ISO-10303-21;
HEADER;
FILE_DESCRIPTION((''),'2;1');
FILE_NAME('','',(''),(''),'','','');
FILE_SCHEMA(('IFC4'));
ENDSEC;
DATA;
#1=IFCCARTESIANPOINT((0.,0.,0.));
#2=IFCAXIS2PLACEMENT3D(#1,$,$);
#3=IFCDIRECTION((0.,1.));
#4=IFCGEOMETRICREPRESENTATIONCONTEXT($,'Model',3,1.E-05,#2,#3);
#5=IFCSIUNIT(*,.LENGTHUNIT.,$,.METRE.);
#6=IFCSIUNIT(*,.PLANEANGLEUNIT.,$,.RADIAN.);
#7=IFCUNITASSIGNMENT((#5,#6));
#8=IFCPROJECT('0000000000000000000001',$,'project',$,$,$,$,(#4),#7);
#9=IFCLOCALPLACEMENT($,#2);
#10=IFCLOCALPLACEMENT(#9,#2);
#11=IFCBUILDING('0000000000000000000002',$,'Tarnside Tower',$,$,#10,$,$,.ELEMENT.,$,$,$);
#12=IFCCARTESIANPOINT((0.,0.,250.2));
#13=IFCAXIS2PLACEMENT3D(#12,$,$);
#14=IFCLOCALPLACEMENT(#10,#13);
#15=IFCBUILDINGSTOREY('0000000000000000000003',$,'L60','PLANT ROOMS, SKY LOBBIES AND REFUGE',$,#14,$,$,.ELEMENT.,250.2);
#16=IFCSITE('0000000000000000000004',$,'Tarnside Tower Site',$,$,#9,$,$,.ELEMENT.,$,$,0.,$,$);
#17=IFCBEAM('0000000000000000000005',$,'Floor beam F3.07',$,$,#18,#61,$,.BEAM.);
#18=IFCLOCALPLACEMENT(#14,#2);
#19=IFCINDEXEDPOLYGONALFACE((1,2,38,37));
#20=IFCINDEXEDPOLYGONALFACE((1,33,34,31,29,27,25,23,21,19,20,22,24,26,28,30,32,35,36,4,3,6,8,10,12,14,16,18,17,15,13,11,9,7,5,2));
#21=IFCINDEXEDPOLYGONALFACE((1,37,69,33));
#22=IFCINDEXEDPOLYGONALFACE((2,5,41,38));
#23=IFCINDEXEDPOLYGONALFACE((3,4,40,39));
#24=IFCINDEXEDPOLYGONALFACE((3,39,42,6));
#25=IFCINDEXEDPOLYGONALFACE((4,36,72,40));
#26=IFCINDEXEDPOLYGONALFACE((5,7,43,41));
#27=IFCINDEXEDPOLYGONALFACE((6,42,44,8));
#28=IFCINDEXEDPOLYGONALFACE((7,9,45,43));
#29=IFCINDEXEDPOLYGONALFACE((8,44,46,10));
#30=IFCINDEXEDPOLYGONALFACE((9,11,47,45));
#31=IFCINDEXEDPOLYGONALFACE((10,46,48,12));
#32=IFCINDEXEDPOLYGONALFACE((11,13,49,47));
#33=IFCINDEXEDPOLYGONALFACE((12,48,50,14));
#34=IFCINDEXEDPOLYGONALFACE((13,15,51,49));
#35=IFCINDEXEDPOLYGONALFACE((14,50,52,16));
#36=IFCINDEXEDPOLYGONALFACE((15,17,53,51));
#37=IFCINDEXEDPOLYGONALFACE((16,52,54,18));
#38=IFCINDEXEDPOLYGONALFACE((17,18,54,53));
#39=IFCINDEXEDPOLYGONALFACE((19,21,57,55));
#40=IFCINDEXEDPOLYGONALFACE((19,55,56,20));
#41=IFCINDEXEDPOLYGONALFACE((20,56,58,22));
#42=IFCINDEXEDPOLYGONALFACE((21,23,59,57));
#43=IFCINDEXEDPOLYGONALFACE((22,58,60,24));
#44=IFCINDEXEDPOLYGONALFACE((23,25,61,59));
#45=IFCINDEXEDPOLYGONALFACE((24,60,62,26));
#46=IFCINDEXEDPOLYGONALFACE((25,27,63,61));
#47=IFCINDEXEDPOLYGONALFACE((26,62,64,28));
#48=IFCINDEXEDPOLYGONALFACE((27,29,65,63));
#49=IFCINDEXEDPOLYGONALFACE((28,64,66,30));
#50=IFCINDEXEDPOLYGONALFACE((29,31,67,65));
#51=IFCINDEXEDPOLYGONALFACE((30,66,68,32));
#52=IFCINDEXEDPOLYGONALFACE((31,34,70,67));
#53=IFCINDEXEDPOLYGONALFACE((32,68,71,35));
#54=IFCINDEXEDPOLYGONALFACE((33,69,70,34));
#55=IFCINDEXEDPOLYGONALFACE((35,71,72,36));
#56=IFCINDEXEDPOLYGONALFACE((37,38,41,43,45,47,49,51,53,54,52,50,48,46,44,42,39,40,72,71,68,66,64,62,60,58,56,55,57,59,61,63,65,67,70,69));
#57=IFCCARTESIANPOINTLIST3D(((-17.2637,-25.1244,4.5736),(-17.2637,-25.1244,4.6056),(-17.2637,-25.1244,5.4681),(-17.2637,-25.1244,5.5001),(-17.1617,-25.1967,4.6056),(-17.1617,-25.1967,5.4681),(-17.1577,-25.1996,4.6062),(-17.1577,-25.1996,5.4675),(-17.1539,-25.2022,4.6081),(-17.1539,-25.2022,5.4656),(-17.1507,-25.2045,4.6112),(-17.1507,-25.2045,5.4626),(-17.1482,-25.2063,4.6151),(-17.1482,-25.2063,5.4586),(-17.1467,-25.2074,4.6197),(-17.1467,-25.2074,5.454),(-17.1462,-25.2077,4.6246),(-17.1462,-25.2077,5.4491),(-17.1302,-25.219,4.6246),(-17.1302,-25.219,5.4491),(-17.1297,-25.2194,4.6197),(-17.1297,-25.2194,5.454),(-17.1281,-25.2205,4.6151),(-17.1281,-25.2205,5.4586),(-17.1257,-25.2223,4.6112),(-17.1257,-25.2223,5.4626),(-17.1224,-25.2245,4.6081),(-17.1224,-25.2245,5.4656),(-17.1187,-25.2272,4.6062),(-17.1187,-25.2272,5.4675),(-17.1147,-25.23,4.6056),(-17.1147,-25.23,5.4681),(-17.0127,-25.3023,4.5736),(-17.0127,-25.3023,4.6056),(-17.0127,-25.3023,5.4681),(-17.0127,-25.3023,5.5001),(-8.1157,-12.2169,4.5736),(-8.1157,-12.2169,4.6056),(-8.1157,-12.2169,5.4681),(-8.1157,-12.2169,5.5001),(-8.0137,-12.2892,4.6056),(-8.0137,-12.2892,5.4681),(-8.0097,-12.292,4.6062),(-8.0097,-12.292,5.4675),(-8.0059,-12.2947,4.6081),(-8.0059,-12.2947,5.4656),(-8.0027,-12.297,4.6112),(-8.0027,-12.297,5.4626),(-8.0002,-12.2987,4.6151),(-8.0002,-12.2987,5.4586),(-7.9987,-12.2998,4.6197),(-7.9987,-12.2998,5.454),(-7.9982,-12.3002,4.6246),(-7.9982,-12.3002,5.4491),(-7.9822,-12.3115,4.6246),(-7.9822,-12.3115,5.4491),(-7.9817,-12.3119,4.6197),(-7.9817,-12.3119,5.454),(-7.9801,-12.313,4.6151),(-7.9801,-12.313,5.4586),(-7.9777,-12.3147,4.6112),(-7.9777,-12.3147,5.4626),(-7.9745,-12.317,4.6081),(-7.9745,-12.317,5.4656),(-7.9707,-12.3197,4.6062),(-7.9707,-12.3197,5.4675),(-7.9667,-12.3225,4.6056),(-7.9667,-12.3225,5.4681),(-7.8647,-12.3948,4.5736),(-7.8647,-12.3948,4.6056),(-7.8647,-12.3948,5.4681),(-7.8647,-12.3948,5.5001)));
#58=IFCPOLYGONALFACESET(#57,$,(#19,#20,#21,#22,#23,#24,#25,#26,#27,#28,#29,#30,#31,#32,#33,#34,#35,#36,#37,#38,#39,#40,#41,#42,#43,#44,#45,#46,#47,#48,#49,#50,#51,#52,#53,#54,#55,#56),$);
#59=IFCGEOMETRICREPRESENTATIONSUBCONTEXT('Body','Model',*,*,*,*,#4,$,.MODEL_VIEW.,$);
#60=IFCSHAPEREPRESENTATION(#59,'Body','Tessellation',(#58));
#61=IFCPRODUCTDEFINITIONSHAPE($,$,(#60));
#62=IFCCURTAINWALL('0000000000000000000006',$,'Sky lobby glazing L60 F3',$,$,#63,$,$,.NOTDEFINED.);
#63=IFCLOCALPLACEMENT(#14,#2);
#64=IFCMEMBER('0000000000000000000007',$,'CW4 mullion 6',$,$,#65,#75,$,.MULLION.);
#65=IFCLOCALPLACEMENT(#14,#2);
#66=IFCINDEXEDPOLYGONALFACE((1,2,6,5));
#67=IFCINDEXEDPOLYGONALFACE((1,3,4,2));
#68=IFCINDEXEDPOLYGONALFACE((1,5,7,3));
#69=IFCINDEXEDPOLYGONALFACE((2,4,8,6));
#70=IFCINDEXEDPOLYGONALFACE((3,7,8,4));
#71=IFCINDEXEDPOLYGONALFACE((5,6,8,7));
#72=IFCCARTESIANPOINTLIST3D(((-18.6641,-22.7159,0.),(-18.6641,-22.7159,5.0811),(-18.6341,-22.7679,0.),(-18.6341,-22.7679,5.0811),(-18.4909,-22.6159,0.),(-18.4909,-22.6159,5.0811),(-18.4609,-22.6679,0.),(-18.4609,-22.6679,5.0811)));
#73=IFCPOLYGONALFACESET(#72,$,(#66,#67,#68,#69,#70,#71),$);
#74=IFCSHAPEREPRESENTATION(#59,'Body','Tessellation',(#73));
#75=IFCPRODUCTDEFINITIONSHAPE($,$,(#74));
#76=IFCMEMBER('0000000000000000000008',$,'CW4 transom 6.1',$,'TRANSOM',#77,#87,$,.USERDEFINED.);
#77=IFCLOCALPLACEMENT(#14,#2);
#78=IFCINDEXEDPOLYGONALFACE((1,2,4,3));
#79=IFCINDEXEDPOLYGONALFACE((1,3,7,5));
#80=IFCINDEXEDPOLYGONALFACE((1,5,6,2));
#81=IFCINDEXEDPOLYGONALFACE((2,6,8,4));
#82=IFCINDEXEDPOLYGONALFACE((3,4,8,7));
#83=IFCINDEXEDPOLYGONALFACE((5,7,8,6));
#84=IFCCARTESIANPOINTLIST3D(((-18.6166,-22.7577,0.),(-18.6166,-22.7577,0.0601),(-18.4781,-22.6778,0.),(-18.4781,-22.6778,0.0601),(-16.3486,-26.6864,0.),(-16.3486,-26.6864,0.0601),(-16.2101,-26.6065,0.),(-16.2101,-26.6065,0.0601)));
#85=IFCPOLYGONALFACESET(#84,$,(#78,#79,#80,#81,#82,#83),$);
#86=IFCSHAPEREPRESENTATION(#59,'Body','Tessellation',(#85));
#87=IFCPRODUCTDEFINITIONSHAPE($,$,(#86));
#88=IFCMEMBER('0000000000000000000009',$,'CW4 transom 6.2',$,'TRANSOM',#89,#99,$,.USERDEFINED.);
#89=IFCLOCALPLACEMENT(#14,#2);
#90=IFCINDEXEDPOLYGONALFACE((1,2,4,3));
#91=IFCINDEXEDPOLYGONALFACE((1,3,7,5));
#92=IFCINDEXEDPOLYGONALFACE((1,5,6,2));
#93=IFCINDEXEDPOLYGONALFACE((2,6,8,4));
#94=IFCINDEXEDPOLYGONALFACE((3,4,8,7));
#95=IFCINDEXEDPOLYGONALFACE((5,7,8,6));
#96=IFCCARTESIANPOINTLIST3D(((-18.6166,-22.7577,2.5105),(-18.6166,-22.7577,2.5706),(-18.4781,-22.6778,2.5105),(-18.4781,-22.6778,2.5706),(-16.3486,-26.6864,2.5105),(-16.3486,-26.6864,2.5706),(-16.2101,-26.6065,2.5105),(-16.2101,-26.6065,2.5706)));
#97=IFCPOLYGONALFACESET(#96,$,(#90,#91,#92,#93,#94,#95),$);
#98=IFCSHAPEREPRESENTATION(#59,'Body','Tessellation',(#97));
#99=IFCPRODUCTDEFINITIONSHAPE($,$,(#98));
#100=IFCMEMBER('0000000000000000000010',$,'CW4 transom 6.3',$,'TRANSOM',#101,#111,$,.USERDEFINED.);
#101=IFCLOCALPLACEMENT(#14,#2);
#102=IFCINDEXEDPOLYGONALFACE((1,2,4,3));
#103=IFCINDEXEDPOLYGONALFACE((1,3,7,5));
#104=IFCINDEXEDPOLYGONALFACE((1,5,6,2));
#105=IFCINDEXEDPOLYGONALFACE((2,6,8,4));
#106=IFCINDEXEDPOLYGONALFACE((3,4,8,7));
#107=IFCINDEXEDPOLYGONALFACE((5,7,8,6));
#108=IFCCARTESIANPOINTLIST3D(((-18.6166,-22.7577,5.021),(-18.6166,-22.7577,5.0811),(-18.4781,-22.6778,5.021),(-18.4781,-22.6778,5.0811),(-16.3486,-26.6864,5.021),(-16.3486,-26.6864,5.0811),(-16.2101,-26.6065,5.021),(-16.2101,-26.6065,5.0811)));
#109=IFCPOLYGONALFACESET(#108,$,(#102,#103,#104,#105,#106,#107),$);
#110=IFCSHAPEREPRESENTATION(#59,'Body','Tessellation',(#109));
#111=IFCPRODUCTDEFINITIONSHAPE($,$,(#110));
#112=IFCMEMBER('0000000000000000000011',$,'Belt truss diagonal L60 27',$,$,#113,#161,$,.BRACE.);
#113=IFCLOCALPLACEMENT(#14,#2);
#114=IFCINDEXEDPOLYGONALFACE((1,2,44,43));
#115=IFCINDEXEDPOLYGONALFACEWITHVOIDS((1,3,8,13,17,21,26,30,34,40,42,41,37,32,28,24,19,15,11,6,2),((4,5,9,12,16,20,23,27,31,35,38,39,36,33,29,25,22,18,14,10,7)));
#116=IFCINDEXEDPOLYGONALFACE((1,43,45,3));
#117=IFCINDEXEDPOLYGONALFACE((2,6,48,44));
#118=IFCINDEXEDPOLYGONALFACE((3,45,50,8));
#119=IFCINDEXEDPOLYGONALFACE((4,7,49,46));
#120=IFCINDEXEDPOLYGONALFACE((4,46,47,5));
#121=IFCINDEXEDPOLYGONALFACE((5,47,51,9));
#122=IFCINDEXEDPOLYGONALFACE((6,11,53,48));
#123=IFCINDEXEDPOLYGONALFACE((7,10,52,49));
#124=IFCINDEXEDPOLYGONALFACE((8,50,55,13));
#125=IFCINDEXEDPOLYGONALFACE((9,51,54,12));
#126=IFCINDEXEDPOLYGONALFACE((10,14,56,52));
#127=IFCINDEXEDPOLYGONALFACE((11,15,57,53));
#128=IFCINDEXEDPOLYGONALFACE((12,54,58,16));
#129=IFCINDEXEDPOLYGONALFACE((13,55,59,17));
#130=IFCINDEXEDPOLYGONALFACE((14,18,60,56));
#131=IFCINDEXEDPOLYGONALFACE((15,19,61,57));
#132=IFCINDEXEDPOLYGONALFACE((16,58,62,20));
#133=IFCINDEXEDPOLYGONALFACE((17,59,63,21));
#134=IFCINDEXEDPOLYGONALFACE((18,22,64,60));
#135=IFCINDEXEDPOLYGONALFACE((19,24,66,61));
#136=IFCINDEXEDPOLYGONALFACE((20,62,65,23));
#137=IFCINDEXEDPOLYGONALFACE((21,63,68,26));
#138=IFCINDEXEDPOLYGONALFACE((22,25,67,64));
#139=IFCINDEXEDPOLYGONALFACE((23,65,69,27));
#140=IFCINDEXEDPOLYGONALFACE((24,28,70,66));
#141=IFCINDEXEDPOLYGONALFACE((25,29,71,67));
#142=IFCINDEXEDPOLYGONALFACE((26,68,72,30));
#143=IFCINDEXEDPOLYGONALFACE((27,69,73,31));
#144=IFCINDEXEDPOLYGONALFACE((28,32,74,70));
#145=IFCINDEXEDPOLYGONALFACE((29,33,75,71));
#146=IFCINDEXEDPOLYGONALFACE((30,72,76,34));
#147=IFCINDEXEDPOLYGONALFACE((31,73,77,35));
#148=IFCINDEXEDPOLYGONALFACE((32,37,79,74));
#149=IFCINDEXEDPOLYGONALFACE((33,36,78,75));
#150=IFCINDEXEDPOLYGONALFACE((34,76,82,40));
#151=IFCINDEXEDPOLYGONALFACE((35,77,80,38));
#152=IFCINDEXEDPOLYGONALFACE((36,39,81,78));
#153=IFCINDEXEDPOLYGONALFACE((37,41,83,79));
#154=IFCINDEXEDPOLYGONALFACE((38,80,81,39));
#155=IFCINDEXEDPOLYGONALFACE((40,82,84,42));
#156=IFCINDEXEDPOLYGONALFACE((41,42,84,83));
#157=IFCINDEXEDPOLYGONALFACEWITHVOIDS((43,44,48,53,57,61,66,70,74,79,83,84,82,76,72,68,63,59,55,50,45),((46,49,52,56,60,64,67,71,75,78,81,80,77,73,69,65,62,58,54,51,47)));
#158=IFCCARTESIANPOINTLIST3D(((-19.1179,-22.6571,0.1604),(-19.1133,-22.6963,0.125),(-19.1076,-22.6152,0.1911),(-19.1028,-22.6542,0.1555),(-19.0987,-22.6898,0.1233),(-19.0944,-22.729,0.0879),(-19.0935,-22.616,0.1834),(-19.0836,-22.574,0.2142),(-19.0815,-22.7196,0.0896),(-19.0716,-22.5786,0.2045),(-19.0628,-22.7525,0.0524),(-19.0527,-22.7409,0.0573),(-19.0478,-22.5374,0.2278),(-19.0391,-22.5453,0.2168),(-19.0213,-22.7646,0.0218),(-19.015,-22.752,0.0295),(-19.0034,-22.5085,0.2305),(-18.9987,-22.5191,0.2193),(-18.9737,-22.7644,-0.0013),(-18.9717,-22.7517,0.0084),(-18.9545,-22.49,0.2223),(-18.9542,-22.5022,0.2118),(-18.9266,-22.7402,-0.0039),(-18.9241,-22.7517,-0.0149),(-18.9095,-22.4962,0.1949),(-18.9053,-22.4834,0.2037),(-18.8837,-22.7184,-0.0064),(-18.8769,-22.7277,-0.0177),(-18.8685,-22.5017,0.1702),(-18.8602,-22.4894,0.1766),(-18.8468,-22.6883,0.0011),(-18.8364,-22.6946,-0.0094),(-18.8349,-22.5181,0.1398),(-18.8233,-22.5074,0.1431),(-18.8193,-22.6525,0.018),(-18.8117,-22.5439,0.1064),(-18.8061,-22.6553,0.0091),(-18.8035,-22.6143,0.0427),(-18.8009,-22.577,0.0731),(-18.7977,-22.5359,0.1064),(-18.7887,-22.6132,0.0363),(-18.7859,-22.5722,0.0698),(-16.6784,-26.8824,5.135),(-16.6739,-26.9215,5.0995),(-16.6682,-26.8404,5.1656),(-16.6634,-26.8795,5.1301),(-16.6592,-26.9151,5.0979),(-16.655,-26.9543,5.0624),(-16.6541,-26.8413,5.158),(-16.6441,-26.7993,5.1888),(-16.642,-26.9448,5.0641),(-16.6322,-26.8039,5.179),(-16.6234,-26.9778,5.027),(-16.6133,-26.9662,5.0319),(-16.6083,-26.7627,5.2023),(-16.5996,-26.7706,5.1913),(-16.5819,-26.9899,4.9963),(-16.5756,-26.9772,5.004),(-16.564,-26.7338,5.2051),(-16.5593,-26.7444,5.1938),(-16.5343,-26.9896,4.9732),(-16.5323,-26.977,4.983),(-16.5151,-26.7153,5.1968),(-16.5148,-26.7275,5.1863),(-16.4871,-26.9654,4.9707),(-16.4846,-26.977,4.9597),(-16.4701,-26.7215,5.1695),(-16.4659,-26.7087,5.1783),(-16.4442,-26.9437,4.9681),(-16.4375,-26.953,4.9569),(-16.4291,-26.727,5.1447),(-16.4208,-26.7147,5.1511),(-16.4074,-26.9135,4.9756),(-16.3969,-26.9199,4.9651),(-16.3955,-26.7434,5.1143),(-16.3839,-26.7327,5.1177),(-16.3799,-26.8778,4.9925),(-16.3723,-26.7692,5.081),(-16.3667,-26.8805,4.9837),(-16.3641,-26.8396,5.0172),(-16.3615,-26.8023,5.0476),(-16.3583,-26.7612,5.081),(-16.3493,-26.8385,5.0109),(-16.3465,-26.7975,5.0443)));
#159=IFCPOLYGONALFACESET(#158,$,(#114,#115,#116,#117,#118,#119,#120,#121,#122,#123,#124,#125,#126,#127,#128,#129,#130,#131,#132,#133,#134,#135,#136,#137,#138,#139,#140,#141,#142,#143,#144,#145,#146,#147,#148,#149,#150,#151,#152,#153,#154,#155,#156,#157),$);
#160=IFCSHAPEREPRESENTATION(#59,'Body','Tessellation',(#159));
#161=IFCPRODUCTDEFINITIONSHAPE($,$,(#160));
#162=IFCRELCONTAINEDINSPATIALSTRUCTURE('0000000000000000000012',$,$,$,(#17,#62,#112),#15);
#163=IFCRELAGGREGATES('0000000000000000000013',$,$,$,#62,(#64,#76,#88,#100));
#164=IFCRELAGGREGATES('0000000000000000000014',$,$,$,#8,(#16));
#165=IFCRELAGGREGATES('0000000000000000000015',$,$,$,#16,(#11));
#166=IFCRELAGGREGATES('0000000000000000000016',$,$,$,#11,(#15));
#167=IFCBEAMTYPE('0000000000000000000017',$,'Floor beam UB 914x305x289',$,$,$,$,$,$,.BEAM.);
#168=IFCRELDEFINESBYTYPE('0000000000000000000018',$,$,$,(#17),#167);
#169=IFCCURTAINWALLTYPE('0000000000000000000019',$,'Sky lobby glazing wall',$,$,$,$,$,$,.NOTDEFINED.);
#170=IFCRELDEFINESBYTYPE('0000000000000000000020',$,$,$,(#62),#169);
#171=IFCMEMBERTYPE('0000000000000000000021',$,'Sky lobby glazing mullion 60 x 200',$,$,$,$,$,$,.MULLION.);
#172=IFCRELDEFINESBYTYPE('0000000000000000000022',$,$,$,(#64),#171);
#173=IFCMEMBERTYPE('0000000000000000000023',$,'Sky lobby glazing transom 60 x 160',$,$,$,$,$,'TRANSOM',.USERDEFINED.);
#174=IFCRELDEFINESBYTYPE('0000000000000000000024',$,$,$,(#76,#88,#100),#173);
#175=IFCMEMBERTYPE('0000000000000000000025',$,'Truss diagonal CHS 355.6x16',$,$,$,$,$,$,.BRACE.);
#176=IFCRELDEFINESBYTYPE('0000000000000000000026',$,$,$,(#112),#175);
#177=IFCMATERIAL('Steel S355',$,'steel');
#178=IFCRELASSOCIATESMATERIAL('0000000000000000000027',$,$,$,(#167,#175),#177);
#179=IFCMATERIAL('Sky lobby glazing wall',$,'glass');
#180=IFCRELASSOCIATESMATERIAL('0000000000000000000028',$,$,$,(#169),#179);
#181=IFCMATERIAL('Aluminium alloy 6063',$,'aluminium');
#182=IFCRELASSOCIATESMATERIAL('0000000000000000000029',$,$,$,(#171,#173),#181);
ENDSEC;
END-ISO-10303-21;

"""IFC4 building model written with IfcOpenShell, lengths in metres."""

from ifc_helpers import new_model, si_unit, direction, frame, origin, origin_2d, place, context, subcontext, project, spatial, rectangle, hollow_circle, i_section, extrude, material, material_profile, profile_set, type_object, element, aggregate, save


model = new_model("IFC4")

# Units and contexts
model_context = context("Model", 3, precision=1e-05, world=origin(), true_north=direction((0.0, 1.0)))
body_context = subcontext(model_context, "Body", "Model", "MODEL_VIEW")
ifc_project = project(units=[si_unit("LENGTHUNIT", "METRE"), si_unit("PLANEANGLEUNIT", "RADIAN")], contexts=[model_context])

# Site, building, storey
site_placement = place(None, origin())
site = spatial("IfcSite", under=ifc_project, at=site_placement, Name="Tarnside Tower Site", CompositionType="ELEMENT", RefElevation=0.0)
building_placement = place(site_placement, origin())
building = spatial("IfcBuilding", under=site, at=building_placement, Name="Tarnside Tower", CompositionType="ELEMENT")
storey_placement = place(building_placement, frame((0.0, 0.0, 250.2)))
storey = spatial("IfcBuildingStorey", under=building, at=storey_placement, Name="L60", Description="PLANT ROOMS, SKY LOBBIES AND REFUGE", CompositionType="ELEMENT", Elevation=250.2)

# Beam
ifc_material_1 = material(Name="Steel S355", Category="steel")
ifc_material_profile_1 = material_profile(ifc_material_1, i_section(OverallWidth=0.3076, OverallDepth=0.9265, WebThickness=0.0195, FlangeThickness=0.032, FilletRadius=0.019, at=origin_2d()), Name="UB 914x305x289")
ifc_profile_set_1 = profile_set([ifc_material_profile_1], Name="Steel S355")
beam_type = type_object("IfcBeamType", Name="Floor beam UB 914x305x289", PredefinedType="BEAM", material=ifc_profile_set_1)
beam_placement = place(storey_placement, frame((-17.1382, -25.2134, 5.0369), z_axis=(0.578234, 0.815871, 0.0), x_axis=(-0.815871, 0.578234, 0.0)))
element("IfcBeam", 1, at=beam_placement, inside=storey, type_object=beam_type, Name="Floor beam F3.07", PredefinedType="BEAM", context=body_context, shape_type="SweptSolid", body=[
    extrude(i_section(OverallWidth=0.3076, OverallDepth=0.9265, WebThickness=0.0195, FlangeThickness=0.032, FilletRadius=0.019, at=origin_2d()), origin(), (0.0, 0.0, 1.0), 15.8206),
])

# Curtain wall, members
ifc_material_2 = material(Name="Sky lobby glazing wall", Category="glass")
curtain_wall_type = type_object("IfcCurtainWallType", Name="Sky lobby glazing wall", PredefinedType="NOTDEFINED", material=ifc_material_2)
curtain_wall_placement = place(storey_placement, origin())
curtain_wall = element("IfcCurtainWall", 2, at=curtain_wall_placement, inside=storey, type_object=curtain_wall_type, Name="Sky lobby glazing L60 F3", PredefinedType="NOTDEFINED")
ifc_material_3 = material(Name="Aluminium alloy 6063", Category="aluminium")
ifc_material_profile_2 = material_profile(ifc_material_3, rectangle(XDim=0.2, YDim=0.0601, at=origin_2d()), Name="Sky lobby glazing mullion 60 x 200")
ifc_profile_set_2 = profile_set([ifc_material_profile_2], Name="Aluminium alloy 6063")
member_type_1 = type_object("IfcMemberType", Name="Sky lobby glazing mullion 60 x 200", PredefinedType="MULLION", material=ifc_profile_set_2)
member_1_placement = place(storey_placement, frame((-18.5625, -22.6919, 0.0), z_axis=(0.0, 0.0, 1.0), x_axis=(0.866025, 0.5, 0.0)))
member_1 = element("IfcMember", 3, at=member_1_placement, type_object=member_type_1, Name="CW4 mullion 6", PredefinedType="MULLION", context=body_context, shape_type="SweptSolid", body=[
    extrude(rectangle(XDim=0.2, YDim=0.0601, at=origin_2d()), origin(), (0.0, 0.0, 1.0), 5.0811),
])
ifc_material_profile_3 = material_profile(ifc_material_3, rectangle(XDim=0.1599, YDim=0.0601, at=origin_2d()), Name="Sky lobby glazing transom 60 x 160")
ifc_profile_set_3 = profile_set([ifc_material_profile_3], Name="Aluminium alloy 6063")
member_type_2 = type_object("IfcMemberType", Name="Sky lobby glazing transom 60 x 160", ElementType="TRANSOM", PredefinedType="USERDEFINED", material=ifc_profile_set_3)
member_2_placement = place(storey_placement, frame((-18.5474, -22.7178, 0.03), z_axis=(0.499971, -0.866042, 0.0), x_axis=(0.866042, 0.499971, 0.0)))
member_2 = element("IfcMember", 4, at=member_2_placement, type_object=member_type_2, Name="CW4 transom 6.1", ObjectType="TRANSOM", PredefinedType="USERDEFINED", context=body_context, shape_type="SweptSolid", body=[
    extrude(rectangle(XDim=0.1599, YDim=0.0601, at=origin_2d()), origin(), (0.0, 0.0, 1.0), 4.5364),
])
member_3_placement = place(storey_placement, frame((-18.5474, -22.7178, 2.5405), z_axis=(0.499971, -0.866042, 0.0), x_axis=(0.866042, 0.499971, 0.0)))
member_3 = element("IfcMember", 5, at=member_3_placement, type_object=member_type_2, Name="CW4 transom 6.2", ObjectType="TRANSOM", PredefinedType="USERDEFINED", context=body_context, shape_type="SweptSolid", body=[
    extrude(rectangle(XDim=0.1599, YDim=0.0601, at=origin_2d()), origin(), (0.0, 0.0, 1.0), 4.5364),
])
member_4_placement = place(storey_placement, frame((-18.5474, -22.7178, 5.051), z_axis=(0.499971, -0.866042, 0.0), x_axis=(0.866042, 0.499971, 0.0)))
member_4 = element("IfcMember", 6, at=member_4_placement, type_object=member_type_2, Name="CW4 transom 6.3", ObjectType="TRANSOM", PredefinedType="USERDEFINED", context=body_context, shape_type="SweptSolid", body=[
    extrude(rectangle(XDim=0.1599, YDim=0.0601, at=origin_2d()), origin(), (0.0, 0.0, 1.0), 4.5364),
])

# Member
ifc_material_profile_4 = material_profile(ifc_material_1, hollow_circle(Radius=0.1777, WallThickness=0.0161, at=origin_2d()), Name="CHS 355.6x16")
ifc_profile_set_4 = profile_set([ifc_material_profile_4], Name="Steel S355")
member_type_3 = type_object("IfcMemberType", Name="Truss diagonal CHS 355.6x16", PredefinedType="BRACE", material=ifc_profile_set_4)
member_5_placement = place(storey_placement, frame((-18.9517, -22.6248, 0.1064), z_axis=(0.3501, -0.606404, 0.713936), x_axis=(0.86603, 0.499992, 0.0)))
element("IfcMember", 7, at=member_5_placement, inside=storey, type_object=member_type_3, Name="Belt truss diagonal L60 27", PredefinedType="BRACE", context=body_context, shape_type="SweptSolid", body=[
    extrude(hollow_circle(Radius=0.1777, WallThickness=0.0161, at=origin_2d()), origin(), (0.0, 0.0, 1.0), 6.9678),
])

aggregate(curtain_wall, [member_1, member_2, member_3, member_4])

save(model, "model.ifc")
